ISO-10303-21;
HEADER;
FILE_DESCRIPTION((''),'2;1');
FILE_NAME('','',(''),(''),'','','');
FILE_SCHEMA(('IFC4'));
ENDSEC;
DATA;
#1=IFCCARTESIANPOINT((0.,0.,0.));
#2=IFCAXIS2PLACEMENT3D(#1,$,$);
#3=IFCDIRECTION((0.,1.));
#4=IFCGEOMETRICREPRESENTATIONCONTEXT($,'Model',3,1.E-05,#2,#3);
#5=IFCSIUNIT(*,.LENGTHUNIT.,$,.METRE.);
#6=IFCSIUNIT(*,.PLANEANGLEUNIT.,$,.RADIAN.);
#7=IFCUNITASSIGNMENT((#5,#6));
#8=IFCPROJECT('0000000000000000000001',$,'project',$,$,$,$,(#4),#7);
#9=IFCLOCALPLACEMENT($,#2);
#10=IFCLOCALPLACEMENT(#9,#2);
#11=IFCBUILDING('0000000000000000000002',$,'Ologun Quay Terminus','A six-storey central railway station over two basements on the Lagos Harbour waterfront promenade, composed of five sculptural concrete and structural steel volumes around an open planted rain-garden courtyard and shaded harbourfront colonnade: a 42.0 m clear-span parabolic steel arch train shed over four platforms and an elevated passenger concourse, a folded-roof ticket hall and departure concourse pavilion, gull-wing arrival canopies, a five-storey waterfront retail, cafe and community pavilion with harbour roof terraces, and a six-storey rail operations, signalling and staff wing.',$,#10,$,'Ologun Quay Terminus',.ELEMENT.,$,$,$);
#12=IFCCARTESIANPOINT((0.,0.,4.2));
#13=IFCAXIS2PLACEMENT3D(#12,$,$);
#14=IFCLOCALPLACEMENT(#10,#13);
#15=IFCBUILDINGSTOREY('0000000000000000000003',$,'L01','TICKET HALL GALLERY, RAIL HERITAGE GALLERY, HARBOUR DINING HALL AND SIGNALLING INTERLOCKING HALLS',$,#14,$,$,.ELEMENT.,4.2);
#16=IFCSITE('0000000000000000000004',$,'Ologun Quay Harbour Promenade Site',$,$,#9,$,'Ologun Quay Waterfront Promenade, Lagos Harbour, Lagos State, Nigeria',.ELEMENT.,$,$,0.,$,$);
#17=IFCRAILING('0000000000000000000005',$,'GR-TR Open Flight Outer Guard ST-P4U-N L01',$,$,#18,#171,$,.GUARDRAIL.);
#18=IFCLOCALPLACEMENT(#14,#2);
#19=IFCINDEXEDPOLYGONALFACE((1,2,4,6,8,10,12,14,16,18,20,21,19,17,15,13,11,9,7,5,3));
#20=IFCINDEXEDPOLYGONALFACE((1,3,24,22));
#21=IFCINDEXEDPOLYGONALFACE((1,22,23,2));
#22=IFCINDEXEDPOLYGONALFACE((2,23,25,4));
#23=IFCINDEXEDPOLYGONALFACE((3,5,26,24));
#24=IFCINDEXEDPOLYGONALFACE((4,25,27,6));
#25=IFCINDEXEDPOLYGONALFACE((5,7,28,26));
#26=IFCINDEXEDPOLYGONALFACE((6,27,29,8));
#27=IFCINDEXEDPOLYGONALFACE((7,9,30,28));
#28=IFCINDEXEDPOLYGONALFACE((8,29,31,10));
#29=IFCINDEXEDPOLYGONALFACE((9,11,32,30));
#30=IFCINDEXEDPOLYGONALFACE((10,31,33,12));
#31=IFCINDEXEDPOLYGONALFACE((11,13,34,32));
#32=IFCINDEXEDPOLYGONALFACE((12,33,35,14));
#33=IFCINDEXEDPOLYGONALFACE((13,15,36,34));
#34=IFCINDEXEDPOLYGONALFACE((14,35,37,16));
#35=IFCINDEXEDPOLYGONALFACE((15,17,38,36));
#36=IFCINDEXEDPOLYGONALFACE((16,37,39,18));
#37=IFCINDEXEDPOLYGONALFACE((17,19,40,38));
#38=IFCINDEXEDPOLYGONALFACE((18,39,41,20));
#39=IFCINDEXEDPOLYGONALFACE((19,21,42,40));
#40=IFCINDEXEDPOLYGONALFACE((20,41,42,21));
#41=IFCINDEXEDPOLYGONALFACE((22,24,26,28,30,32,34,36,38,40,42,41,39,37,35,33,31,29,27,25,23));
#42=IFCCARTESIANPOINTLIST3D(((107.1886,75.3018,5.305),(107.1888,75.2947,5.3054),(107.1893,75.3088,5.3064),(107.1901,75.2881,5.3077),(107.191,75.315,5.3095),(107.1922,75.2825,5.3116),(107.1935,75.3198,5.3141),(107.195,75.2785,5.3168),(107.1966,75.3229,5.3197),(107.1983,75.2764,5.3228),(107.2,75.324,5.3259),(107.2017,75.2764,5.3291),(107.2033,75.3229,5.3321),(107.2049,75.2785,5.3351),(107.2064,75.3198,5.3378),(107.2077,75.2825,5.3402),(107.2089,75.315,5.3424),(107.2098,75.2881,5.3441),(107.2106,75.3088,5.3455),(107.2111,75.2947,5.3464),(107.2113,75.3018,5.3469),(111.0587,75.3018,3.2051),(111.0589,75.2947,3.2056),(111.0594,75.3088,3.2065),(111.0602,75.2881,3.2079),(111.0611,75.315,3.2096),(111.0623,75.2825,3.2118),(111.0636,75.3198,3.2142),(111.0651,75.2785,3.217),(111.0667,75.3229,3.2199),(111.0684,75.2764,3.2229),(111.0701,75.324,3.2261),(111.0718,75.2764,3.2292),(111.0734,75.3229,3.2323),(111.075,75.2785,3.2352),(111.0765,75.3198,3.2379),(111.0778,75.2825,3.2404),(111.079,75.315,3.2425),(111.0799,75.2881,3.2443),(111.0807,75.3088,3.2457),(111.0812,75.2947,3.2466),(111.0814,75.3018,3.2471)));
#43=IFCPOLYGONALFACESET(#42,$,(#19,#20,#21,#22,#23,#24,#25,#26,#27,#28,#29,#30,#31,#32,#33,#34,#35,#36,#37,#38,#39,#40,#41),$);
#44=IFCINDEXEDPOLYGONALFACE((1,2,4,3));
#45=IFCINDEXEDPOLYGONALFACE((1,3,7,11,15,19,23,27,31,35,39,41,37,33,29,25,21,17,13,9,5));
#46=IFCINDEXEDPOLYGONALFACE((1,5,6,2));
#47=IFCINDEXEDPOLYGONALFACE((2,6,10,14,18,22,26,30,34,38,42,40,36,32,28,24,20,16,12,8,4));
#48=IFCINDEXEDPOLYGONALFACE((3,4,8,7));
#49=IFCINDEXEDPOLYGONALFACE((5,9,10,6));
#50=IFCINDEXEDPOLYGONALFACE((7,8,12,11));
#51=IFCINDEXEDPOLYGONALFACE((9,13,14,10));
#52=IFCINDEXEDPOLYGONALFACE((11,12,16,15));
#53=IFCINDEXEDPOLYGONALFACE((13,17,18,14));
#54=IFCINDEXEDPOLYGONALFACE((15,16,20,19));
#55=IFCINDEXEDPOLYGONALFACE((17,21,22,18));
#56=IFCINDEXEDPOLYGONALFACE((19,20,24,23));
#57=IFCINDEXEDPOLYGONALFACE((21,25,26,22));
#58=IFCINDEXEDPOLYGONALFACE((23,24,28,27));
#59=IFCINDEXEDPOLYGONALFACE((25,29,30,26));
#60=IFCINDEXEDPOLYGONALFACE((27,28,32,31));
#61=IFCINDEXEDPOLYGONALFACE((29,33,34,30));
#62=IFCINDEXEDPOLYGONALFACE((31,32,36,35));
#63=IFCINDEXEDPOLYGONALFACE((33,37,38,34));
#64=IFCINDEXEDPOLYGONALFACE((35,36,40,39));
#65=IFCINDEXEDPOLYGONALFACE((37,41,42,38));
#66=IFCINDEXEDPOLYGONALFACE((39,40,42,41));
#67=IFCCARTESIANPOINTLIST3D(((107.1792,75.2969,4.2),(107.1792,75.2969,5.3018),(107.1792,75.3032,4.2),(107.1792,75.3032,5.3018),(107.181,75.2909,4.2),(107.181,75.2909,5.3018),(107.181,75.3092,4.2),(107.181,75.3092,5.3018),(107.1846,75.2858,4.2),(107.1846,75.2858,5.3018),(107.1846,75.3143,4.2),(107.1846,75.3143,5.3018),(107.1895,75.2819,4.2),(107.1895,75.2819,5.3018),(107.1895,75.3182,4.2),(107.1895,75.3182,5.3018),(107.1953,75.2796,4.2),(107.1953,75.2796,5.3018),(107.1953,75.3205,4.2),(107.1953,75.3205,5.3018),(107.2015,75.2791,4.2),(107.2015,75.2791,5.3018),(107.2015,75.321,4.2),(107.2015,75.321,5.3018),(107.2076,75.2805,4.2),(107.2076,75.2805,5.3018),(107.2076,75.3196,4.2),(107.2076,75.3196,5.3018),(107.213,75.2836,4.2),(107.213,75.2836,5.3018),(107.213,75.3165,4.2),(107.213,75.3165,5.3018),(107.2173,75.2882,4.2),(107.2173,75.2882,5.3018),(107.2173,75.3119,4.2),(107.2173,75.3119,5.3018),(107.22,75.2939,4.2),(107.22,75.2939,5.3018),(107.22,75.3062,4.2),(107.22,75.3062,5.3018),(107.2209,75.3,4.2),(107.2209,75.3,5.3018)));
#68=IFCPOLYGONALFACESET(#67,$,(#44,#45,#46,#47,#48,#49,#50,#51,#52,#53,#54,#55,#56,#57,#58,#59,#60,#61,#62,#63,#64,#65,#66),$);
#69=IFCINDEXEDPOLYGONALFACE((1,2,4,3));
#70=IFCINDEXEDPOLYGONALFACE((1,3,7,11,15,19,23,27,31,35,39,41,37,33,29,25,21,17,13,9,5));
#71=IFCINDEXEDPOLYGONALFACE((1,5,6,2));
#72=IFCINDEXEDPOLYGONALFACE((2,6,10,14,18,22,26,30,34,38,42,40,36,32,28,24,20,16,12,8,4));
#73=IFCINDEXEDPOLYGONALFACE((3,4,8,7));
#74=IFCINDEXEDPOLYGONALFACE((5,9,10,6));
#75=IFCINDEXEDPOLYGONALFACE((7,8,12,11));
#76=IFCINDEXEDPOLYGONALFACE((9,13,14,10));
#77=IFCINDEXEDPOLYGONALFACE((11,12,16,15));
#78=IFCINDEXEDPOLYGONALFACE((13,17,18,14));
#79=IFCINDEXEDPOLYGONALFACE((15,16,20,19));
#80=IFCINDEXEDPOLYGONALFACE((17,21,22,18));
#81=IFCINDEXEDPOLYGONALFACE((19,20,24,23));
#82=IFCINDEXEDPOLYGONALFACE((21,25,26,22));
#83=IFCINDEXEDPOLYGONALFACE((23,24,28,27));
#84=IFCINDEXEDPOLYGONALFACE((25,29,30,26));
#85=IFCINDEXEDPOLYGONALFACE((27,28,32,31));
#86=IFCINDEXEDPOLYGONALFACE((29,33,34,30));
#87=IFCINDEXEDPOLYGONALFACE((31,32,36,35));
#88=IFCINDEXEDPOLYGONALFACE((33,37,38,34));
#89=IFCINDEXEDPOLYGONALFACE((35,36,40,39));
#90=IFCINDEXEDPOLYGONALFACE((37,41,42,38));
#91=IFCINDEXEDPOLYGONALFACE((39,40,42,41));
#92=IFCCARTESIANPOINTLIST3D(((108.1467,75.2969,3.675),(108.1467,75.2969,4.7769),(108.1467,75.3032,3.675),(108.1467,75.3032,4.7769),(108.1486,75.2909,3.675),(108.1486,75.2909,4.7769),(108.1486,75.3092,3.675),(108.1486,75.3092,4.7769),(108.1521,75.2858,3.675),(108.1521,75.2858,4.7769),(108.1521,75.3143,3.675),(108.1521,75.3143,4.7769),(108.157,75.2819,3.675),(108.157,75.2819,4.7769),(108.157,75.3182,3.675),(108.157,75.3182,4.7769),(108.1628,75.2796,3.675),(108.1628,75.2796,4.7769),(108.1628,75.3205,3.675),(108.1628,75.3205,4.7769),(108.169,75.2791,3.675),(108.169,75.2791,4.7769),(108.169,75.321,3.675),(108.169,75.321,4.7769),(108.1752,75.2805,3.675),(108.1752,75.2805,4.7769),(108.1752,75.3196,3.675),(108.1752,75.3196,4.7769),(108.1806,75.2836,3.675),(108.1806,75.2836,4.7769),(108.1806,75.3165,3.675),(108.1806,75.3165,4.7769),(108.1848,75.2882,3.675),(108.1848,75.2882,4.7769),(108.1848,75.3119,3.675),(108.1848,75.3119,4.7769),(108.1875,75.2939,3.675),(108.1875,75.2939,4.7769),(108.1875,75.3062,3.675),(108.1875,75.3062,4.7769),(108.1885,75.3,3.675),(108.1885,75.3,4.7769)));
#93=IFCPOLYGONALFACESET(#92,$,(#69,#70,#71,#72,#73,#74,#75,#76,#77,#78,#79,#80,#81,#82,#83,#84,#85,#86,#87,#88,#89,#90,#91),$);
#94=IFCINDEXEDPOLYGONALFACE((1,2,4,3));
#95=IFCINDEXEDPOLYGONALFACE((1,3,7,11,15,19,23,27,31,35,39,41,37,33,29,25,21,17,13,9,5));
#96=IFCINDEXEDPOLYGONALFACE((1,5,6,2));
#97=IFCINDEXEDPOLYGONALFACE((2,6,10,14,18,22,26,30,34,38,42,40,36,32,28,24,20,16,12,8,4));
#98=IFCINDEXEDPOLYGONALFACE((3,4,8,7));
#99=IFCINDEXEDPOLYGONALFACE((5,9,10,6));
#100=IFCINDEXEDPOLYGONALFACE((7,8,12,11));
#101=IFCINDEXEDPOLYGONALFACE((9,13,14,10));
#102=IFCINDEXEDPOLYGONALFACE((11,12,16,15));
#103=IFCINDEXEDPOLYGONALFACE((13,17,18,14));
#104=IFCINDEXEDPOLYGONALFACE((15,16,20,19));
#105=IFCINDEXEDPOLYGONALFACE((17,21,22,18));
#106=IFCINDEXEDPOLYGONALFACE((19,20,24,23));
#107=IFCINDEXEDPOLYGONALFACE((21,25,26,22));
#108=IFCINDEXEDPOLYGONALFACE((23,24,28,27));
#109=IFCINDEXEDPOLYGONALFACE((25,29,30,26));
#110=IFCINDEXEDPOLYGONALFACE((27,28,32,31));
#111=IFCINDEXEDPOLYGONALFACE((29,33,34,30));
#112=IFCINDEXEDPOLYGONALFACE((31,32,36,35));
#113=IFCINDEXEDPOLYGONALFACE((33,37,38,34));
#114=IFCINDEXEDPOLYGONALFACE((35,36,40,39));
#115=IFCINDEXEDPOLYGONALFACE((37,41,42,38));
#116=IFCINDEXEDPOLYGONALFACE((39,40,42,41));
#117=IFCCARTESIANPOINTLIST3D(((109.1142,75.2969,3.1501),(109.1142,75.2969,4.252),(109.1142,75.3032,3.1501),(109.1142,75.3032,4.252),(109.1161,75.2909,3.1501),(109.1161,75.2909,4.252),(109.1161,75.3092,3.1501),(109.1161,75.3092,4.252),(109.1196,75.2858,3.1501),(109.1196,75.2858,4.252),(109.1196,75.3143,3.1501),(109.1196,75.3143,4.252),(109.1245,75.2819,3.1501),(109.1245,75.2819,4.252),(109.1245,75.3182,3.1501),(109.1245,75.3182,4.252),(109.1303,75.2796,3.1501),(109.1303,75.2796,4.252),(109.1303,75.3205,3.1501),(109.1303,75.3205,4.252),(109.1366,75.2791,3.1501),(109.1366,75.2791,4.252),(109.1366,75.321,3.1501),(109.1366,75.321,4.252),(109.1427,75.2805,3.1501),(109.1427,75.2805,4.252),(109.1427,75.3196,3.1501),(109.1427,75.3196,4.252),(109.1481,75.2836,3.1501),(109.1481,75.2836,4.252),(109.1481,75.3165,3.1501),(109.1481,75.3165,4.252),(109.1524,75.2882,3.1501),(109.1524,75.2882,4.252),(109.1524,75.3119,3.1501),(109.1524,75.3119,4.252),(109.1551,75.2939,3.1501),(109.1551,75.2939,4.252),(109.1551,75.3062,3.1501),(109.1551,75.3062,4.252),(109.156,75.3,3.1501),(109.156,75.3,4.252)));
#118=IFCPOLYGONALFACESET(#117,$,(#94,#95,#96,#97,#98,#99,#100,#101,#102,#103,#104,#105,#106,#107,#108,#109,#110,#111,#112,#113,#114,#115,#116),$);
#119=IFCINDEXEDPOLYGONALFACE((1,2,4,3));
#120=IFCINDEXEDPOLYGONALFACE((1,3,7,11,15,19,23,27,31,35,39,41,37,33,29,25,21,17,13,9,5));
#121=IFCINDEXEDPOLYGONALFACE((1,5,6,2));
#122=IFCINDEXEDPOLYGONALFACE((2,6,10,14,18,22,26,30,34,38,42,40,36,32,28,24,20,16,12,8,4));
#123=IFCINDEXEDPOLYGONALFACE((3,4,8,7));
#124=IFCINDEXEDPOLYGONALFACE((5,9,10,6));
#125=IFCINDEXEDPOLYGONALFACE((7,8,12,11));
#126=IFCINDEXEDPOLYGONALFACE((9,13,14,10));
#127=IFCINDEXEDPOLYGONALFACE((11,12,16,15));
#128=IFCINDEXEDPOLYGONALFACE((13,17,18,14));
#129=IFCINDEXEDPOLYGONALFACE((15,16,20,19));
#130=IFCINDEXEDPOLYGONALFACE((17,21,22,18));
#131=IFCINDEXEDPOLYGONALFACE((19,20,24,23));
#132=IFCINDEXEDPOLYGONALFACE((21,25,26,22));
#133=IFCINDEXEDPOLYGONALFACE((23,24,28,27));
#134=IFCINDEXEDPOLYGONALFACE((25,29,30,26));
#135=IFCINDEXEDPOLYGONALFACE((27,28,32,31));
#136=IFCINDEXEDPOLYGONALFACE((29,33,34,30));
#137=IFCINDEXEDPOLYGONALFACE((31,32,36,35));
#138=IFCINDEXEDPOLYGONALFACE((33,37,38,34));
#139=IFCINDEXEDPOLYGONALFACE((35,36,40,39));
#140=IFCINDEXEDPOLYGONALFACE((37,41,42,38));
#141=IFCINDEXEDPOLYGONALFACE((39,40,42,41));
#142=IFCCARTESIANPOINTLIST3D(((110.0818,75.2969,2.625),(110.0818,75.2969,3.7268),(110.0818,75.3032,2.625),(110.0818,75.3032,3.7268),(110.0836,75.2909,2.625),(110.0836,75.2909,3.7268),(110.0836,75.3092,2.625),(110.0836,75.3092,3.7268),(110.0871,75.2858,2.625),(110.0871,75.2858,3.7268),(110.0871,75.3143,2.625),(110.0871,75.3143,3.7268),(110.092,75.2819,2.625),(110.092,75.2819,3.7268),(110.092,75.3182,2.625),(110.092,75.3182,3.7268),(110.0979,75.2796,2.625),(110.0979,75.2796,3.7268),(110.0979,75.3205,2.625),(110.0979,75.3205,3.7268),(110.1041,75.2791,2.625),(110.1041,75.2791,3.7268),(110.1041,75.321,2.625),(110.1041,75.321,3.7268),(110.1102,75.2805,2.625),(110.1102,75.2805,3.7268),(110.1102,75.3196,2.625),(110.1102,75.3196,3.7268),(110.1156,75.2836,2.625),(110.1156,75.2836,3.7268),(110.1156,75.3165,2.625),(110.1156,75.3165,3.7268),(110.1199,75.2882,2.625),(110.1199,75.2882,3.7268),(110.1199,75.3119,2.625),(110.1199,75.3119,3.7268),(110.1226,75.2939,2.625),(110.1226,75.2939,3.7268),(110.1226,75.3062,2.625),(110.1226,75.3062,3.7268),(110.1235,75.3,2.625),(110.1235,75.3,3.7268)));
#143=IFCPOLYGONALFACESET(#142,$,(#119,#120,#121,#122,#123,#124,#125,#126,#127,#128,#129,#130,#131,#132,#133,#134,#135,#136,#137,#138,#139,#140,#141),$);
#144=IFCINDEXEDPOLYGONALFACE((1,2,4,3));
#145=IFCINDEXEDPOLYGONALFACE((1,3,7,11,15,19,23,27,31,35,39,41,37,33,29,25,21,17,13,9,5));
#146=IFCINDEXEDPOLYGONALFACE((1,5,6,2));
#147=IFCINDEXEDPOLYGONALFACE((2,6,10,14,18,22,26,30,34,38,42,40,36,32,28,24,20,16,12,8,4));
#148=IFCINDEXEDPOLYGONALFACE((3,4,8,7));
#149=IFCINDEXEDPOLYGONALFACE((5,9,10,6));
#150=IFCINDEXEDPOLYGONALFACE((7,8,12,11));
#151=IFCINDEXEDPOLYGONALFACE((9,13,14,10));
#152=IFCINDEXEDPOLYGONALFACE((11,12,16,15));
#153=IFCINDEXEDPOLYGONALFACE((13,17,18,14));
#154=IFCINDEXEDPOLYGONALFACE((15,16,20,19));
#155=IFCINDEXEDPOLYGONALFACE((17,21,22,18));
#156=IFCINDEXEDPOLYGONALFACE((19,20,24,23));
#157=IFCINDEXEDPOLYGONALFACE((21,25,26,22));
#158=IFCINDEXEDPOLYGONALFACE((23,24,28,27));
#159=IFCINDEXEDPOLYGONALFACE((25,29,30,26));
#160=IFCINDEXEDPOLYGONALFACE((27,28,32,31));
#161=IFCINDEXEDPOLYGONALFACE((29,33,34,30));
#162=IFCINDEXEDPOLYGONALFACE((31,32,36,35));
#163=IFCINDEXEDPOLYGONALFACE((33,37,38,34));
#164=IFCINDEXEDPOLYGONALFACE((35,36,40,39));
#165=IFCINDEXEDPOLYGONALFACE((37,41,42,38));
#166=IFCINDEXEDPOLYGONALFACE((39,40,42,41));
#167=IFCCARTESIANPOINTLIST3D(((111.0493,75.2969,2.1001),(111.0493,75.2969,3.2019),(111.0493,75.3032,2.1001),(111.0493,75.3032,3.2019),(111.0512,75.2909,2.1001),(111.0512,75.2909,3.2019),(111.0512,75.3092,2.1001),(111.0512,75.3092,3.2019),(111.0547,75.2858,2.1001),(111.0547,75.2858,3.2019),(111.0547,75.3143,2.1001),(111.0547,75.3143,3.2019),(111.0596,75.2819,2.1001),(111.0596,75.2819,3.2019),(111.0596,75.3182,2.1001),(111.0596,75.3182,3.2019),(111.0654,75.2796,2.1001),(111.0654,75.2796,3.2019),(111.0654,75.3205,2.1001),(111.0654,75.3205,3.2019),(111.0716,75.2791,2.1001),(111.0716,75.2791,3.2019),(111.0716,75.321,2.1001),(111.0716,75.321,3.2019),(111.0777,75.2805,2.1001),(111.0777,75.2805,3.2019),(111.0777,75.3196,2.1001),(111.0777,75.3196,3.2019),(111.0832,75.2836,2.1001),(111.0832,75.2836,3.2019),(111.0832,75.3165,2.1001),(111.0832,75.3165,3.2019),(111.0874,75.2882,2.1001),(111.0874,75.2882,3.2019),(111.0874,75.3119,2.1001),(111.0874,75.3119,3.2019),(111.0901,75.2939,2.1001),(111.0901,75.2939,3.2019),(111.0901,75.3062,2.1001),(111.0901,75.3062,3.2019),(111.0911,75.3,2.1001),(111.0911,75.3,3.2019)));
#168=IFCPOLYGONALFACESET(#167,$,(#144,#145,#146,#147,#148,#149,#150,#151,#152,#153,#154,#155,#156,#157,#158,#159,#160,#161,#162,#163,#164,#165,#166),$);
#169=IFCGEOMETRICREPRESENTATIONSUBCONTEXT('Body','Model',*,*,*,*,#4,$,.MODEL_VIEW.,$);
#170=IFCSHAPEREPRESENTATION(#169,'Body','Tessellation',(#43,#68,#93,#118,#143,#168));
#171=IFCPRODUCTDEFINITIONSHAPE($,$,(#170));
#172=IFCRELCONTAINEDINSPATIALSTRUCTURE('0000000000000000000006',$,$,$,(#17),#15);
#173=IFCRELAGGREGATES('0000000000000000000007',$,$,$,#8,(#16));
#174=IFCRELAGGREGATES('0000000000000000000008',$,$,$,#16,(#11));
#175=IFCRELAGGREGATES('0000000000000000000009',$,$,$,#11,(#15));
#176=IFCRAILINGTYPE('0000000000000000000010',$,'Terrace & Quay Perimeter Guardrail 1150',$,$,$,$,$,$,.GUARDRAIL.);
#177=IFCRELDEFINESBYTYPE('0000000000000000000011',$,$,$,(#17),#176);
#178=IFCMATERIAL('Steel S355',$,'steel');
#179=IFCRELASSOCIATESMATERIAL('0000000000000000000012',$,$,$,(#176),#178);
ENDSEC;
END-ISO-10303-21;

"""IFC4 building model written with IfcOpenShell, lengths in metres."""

from ifc_helpers import new_model, si_unit, direction, frame, origin, origin_2d, place, context, subcontext, project, spatial, circle, extrude, material, type_object, element, save


model = new_model("IFC4")

# Units and contexts
model_context = context("Model", 3, precision=1e-05, world=origin(), true_north=direction((0.0, 1.0)))
body_context = subcontext(model_context, "Body", "Model", "MODEL_VIEW")
ifc_project = project(units=[si_unit("LENGTHUNIT", "METRE"), si_unit("PLANEANGLEUNIT", "RADIAN")], contexts=[model_context])

# Site, building, storey
site_placement = place(None, origin())
site = spatial("IfcSite", under=ifc_project, at=site_placement, Name="Ologun Quay Harbour Promenade Site", LongName="Ologun Quay Waterfront Promenade, Lagos Harbour, Lagos State, Nigeria", CompositionType="ELEMENT", RefElevation=0.0)
building_placement = place(site_placement, origin())
building = spatial("IfcBuilding", under=site, at=building_placement, Name="Ologun Quay Terminus", Description="A six-storey central railway station over two basements on the Lagos Harbour waterfront promenade, composed of five sculptural concrete and structural steel volumes around an open planted rain-garden courtyard and shaded harbourfront colonnade: a 42.0 m clear-span parabolic steel arch train shed over four platforms and an elevated passenger concourse, a folded-roof ticket hall and departure concourse pavilion, gull-wing arrival canopies, a five-storey waterfront retail, cafe and community pavilion with harbour roof terraces, and a six-storey rail operations, signalling and staff wing.", LongName="Ologun Quay Terminus", CompositionType="ELEMENT")
storey_placement = place(building_placement, frame((0.0, 0.0, 4.2)))
storey = spatial("IfcBuildingStorey", under=building, at=storey_placement, Name="L01", Description="TICKET HALL GALLERY, RAIL HERITAGE GALLERY, HARBOUR DINING HALL AND SIGNALLING INTERLOCKING HALLS", CompositionType="ELEMENT", Elevation=4.2)

# Railing
ifc_material_1 = material(Name="Steel S355", Category="steel")
railing_type_1 = type_object("IfcRailingType", Name="Terrace & Quay Perimeter Guardrail 1150", PredefinedType="GUARDRAIL", material=ifc_material_1)
railing_1_placement = place(storey_placement, frame((107.2, 75.3, 4.2)))
element("IfcRailing", 1, at=railing_1_placement, inside=storey, type_object=railing_type_1, Name="GR-TR Open Flight Outer Guard ST-P4U-N L01", PredefinedType="GUARDRAIL", context=body_context, shape_type="SweptSolid", body=[
    extrude(circle(Radius=0.0239, at=origin_2d()), frame((0.0, 0.0, 1.126), z_axis=(0.878955, 0.0, -0.476905), x_axis=(0.0, 1.0, 0.0)), (0.0, 0.0, 1.0), 4.4031),
    extrude(circle(Radius=0.021, at=origin_2d()), origin(), (0.0, 0.0, 1.0), 1.1018),
    extrude(circle(Radius=0.021, at=origin_2d()), frame((0.9675, 0.0, -0.5249)), (0.0, 0.0, 1.0), 1.1018),
    extrude(circle(Radius=0.021, at=origin_2d()), frame((1.9351, 0.0, -1.0498)), (0.0, 0.0, 1.0), 1.1018),
    extrude(circle(Radius=0.021, at=origin_2d()), frame((2.9026, 0.0, -1.575)), (0.0, 0.0, 1.0), 1.1018),
    extrude(circle(Radius=0.021, at=origin_2d()), frame((3.8701, 0.0, -2.0999)), (0.0, 0.0, 1.0), 1.1018),
])

save(model, "model.ifc")
